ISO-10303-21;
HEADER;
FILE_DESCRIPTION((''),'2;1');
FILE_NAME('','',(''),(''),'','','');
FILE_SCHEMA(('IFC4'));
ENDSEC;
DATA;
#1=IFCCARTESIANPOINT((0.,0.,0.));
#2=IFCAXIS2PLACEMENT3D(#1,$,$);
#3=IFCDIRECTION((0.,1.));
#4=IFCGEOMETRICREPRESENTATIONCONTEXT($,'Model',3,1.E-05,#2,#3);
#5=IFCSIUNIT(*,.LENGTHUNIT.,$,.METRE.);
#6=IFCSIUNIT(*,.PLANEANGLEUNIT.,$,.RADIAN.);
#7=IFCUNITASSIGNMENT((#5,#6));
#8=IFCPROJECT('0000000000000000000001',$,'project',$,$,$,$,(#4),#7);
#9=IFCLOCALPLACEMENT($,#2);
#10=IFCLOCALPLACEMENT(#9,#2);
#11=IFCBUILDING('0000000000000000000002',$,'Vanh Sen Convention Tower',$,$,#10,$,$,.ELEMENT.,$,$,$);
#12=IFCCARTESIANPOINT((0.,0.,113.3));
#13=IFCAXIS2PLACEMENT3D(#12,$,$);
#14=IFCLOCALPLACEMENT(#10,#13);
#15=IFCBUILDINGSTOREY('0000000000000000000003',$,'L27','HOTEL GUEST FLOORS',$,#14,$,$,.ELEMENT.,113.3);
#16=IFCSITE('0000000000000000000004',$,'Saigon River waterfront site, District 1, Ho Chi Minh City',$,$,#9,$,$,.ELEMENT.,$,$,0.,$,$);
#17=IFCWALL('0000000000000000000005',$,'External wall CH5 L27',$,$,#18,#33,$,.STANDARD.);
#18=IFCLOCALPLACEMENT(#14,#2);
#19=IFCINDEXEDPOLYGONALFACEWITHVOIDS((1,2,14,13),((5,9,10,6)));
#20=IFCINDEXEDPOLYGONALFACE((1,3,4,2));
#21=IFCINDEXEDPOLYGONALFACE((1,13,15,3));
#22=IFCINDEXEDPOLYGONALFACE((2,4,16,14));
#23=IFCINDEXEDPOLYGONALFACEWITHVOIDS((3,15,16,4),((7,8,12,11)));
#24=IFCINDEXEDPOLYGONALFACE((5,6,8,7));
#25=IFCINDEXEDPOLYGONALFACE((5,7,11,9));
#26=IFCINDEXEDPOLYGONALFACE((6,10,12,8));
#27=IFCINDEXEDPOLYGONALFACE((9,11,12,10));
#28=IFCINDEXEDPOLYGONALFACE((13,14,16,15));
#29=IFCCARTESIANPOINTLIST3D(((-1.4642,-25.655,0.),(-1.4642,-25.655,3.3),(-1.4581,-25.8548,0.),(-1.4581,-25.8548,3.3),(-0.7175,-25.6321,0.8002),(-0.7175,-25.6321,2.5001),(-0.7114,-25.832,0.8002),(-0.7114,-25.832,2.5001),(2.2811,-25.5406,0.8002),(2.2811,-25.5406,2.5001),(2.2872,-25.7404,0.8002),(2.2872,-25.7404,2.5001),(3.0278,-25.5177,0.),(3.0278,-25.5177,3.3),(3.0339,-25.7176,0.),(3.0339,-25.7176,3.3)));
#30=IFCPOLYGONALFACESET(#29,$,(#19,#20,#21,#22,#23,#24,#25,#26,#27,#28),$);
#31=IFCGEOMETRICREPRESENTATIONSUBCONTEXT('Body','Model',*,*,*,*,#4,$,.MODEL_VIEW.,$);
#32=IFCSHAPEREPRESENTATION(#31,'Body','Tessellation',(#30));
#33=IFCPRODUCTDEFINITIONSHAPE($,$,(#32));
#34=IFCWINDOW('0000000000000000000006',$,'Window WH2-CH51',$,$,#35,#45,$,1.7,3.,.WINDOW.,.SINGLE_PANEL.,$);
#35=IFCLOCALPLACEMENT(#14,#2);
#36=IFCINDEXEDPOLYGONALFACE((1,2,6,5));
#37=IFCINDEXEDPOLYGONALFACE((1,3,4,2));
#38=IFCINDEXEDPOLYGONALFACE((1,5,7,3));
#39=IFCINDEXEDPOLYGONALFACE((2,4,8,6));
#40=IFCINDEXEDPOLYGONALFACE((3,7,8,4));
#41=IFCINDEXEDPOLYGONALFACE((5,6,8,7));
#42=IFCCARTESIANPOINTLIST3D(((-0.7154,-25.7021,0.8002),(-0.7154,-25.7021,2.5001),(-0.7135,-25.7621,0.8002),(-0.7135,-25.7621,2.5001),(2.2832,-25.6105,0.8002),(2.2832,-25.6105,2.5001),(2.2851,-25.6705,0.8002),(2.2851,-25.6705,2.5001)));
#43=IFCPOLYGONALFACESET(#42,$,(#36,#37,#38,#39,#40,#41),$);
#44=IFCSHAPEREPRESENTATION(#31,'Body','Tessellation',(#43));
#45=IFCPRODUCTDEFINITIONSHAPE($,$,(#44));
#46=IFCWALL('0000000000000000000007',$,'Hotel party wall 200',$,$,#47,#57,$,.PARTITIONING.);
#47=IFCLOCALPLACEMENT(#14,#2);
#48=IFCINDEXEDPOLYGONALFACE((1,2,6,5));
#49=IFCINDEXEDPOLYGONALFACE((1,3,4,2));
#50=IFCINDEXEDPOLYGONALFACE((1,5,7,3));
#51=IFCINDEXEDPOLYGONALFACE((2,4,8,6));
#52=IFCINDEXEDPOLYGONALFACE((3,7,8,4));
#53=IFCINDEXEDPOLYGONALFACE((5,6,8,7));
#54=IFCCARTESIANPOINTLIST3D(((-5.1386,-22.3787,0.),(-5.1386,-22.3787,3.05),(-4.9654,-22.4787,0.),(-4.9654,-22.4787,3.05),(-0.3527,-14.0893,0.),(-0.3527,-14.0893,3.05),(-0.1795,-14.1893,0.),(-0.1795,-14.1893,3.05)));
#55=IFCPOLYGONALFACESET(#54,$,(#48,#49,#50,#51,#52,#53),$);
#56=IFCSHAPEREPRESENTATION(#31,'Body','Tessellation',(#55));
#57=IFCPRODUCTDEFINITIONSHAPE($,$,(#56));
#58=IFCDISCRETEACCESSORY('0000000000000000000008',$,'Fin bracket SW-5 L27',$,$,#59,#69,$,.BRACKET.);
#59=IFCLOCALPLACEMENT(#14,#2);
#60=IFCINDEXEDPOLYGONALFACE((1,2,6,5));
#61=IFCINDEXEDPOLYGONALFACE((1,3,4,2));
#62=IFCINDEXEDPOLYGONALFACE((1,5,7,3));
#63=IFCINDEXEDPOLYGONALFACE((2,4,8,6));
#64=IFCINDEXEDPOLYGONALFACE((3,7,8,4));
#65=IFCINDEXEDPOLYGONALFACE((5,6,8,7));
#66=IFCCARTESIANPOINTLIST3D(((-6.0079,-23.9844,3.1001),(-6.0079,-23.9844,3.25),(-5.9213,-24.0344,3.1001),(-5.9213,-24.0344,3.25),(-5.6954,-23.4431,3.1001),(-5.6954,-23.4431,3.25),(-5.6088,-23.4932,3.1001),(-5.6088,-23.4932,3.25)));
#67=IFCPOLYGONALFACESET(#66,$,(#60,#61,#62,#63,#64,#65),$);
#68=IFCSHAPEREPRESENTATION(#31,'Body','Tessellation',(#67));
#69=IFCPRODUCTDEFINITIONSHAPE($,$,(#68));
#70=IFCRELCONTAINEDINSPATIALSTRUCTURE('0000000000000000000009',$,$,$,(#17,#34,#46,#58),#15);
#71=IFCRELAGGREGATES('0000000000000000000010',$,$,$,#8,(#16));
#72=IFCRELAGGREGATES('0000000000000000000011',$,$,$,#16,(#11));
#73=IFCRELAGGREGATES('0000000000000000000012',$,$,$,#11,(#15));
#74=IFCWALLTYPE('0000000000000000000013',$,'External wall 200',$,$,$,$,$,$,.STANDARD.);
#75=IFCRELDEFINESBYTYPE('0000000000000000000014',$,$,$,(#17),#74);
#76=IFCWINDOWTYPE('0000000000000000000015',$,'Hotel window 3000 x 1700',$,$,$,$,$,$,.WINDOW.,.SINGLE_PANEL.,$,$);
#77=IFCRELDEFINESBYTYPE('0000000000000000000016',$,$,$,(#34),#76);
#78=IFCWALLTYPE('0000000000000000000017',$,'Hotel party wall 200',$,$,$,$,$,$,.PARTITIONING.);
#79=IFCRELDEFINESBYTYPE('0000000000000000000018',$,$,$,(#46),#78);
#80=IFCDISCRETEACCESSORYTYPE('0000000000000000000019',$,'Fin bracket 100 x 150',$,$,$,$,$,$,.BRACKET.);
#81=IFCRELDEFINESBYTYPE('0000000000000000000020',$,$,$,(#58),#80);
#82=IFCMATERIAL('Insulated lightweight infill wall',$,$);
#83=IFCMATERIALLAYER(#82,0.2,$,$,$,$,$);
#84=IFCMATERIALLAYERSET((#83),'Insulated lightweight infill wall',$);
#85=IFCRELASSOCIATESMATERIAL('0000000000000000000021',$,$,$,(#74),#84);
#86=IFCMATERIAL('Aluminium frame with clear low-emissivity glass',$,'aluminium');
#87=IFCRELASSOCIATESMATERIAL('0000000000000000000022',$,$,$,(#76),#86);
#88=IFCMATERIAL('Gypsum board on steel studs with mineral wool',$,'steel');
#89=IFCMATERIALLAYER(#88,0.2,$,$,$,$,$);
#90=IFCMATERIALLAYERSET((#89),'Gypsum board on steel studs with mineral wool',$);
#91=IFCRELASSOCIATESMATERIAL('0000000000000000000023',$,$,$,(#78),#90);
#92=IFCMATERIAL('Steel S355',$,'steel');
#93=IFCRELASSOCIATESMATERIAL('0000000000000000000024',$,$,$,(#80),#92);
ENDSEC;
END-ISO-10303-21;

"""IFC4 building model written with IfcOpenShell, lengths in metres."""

from ifc_helpers import new_model, si_unit, direction, frame, frame_2d, origin, origin_2d, place, context, subcontext, project, spatial, rectangle, extrude, material, layer, layer_set, type_object, element, fill, save


model = new_model("IFC4")

# Units and contexts
model_context = context("Model", 3, precision=1e-05, world=origin(), true_north=direction((0.0, 1.0)))
body_context = subcontext(model_context, "Body", "Model", "MODEL_VIEW")
ifc_project = project(units=[si_unit("LENGTHUNIT", "METRE"), si_unit("PLANEANGLEUNIT", "RADIAN")], contexts=[model_context])

# Site, building, storey
site_placement = place(None, origin())
site = spatial("IfcSite", under=ifc_project, at=site_placement, Name="Saigon River waterfront site, District 1, Ho Chi Minh City", CompositionType="ELEMENT", RefElevation=0.0)
building_placement = place(site_placement, origin())
building = spatial("IfcBuilding", under=site, at=building_placement, Name="Vanh Sen Convention Tower", CompositionType="ELEMENT")
storey_placement = place(building_placement, frame((0.0, 0.0, 113.3)))
storey = spatial("IfcBuildingStorey", under=building, at=storey_placement, Name="L27", Description="HOTEL GUEST FLOORS", CompositionType="ELEMENT", Elevation=113.3)

# Shared definitions
ifc_material_1 = material(Name="Gypsum board on steel studs with mineral wool", Category="steel")

# Wall, opening, window
ifc_material_2 = material(Name="Insulated lightweight infill wall")
ifc_layer_1 = layer(ifc_material_2, 0.2)
ifc_layer_set_1 = layer_set([ifc_layer_1], Name="Insulated lightweight infill wall")
wall_type_1 = type_object("IfcWallType", Name="External wall 200", PredefinedType="STANDARD", material=ifc_layer_set_1)
wall_1_placement = place(storey_placement, frame((-1.4612, -25.7549, 0.0), z_axis=(0.0, 0.0, 1.0), x_axis=(0.999534, 0.030531, 0.0)))
wall_1 = element("IfcWall", 1, at=wall_1_placement, inside=storey, type_object=wall_type_1, Name="External wall CH5 L27", PredefinedType="STANDARD", context=body_context, shape_type="SweptSolid", body=[
    extrude(rectangle(XDim=4.4941, YDim=0.2, at=frame_2d((2.2471, 0.0))), origin(), (0.0, 0.0, 1.0), 3.3),
])
opening_1_placement = place(wall_1_placement, frame((0.7471, 0.0, 0.8)))
opening_1 = element("IfcOpeningElement", 2, at=opening_1_placement, cuts=wall_1, PredefinedType="OPENING", context=body_context, shape_type="SweptSolid", body=[
    extrude(rectangle(XDim=3.0, YDim=1.7, at=frame_2d((1.5, 0.8501))), frame((0.0, 0.1099, 0.0), z_axis=(0.0, -1.0, 0.0), x_axis=(1.0, 0.0, 0.0)), (0.0, 0.0, 1.0), 0.22),
])
ifc_material_3 = material(Name="Aluminium frame with clear low-emissivity glass", Category="aluminium")
window_type = type_object("IfcWindowType", Name="Hotel window 3000 x 1700", PartitioningType="SINGLE_PANEL", PredefinedType="WINDOW", material=ifc_material_3)
window_placement = place(opening_1_placement, origin())
window = element("IfcWindow", 3, at=window_placement, inside=storey, type_object=window_type, Name="Window WH2-CH51", OverallHeight=1.7, OverallWidth=3.0, PartitioningType="SINGLE_PANEL", PredefinedType="WINDOW", context=body_context, shape_type="SweptSolid", body=[
    extrude(rectangle(XDim=3.0, YDim=1.7, at=frame_2d((1.5, 0.8501))), frame((0.0, 0.03, 0.0), z_axis=(0.0, -1.0, 0.0), x_axis=(1.0, 0.0, 0.0)), (0.0, 0.0, 1.0), 0.0601),
])
fill(opening_1, window)

# Wall
ifc_layer_2 = layer(ifc_material_1, 0.2)
ifc_layer_set_2 = layer_set([ifc_layer_2], Name="Gypsum board on steel studs with mineral wool")
wall_type_2 = type_object("IfcWallType", Name="Hotel party wall 200", PredefinedType="PARTITIONING", material=ifc_layer_set_2)
wall_2_placement = place(storey_placement, frame((-5.052, -22.4287, 0.0), z_axis=(0.0, 0.0, 1.0), x_axis=(0.500004, 0.866023, 0.0)))
element("IfcWall", 4, at=wall_2_placement, inside=storey, type_object=wall_type_2, Name="Hotel party wall 200", PredefinedType="PARTITIONING", context=body_context, shape_type="SweptSolid", body=[
    extrude(rectangle(XDim=9.5718, YDim=0.2, at=frame_2d((4.7859, 0.0))), origin(), (0.0, 0.0, 1.0), 3.05),
])

# Discrete accessory
ifc_material_4 = material(Name="Steel S355", Category="steel")
discrete_accessory_type = type_object("IfcDiscreteAccessoryType", Name="Fin bracket 100 x 150", PredefinedType="BRACKET", material=ifc_material_4)
discrete_accessory_placement = place(storey_placement, frame((-5.8083, -23.7388, 3.1001), z_axis=(0.0, 0.0, 1.0), x_axis=(-0.5, -0.866025, 0.0)))
element("IfcDiscreteAccessory", 5, at=discrete_accessory_placement, inside=storey, type_object=discrete_accessory_type, Name="Fin bracket SW-5 L27", PredefinedType="BRACKET", context=body_context, shape_type="SweptSolid", body=[
    extrude(rectangle(XDim=0.625, YDim=0.1001, at=origin_2d()), origin(), (0.0, 0.0, 1.0), 0.1499),
])

save(model, "model.ifc")
